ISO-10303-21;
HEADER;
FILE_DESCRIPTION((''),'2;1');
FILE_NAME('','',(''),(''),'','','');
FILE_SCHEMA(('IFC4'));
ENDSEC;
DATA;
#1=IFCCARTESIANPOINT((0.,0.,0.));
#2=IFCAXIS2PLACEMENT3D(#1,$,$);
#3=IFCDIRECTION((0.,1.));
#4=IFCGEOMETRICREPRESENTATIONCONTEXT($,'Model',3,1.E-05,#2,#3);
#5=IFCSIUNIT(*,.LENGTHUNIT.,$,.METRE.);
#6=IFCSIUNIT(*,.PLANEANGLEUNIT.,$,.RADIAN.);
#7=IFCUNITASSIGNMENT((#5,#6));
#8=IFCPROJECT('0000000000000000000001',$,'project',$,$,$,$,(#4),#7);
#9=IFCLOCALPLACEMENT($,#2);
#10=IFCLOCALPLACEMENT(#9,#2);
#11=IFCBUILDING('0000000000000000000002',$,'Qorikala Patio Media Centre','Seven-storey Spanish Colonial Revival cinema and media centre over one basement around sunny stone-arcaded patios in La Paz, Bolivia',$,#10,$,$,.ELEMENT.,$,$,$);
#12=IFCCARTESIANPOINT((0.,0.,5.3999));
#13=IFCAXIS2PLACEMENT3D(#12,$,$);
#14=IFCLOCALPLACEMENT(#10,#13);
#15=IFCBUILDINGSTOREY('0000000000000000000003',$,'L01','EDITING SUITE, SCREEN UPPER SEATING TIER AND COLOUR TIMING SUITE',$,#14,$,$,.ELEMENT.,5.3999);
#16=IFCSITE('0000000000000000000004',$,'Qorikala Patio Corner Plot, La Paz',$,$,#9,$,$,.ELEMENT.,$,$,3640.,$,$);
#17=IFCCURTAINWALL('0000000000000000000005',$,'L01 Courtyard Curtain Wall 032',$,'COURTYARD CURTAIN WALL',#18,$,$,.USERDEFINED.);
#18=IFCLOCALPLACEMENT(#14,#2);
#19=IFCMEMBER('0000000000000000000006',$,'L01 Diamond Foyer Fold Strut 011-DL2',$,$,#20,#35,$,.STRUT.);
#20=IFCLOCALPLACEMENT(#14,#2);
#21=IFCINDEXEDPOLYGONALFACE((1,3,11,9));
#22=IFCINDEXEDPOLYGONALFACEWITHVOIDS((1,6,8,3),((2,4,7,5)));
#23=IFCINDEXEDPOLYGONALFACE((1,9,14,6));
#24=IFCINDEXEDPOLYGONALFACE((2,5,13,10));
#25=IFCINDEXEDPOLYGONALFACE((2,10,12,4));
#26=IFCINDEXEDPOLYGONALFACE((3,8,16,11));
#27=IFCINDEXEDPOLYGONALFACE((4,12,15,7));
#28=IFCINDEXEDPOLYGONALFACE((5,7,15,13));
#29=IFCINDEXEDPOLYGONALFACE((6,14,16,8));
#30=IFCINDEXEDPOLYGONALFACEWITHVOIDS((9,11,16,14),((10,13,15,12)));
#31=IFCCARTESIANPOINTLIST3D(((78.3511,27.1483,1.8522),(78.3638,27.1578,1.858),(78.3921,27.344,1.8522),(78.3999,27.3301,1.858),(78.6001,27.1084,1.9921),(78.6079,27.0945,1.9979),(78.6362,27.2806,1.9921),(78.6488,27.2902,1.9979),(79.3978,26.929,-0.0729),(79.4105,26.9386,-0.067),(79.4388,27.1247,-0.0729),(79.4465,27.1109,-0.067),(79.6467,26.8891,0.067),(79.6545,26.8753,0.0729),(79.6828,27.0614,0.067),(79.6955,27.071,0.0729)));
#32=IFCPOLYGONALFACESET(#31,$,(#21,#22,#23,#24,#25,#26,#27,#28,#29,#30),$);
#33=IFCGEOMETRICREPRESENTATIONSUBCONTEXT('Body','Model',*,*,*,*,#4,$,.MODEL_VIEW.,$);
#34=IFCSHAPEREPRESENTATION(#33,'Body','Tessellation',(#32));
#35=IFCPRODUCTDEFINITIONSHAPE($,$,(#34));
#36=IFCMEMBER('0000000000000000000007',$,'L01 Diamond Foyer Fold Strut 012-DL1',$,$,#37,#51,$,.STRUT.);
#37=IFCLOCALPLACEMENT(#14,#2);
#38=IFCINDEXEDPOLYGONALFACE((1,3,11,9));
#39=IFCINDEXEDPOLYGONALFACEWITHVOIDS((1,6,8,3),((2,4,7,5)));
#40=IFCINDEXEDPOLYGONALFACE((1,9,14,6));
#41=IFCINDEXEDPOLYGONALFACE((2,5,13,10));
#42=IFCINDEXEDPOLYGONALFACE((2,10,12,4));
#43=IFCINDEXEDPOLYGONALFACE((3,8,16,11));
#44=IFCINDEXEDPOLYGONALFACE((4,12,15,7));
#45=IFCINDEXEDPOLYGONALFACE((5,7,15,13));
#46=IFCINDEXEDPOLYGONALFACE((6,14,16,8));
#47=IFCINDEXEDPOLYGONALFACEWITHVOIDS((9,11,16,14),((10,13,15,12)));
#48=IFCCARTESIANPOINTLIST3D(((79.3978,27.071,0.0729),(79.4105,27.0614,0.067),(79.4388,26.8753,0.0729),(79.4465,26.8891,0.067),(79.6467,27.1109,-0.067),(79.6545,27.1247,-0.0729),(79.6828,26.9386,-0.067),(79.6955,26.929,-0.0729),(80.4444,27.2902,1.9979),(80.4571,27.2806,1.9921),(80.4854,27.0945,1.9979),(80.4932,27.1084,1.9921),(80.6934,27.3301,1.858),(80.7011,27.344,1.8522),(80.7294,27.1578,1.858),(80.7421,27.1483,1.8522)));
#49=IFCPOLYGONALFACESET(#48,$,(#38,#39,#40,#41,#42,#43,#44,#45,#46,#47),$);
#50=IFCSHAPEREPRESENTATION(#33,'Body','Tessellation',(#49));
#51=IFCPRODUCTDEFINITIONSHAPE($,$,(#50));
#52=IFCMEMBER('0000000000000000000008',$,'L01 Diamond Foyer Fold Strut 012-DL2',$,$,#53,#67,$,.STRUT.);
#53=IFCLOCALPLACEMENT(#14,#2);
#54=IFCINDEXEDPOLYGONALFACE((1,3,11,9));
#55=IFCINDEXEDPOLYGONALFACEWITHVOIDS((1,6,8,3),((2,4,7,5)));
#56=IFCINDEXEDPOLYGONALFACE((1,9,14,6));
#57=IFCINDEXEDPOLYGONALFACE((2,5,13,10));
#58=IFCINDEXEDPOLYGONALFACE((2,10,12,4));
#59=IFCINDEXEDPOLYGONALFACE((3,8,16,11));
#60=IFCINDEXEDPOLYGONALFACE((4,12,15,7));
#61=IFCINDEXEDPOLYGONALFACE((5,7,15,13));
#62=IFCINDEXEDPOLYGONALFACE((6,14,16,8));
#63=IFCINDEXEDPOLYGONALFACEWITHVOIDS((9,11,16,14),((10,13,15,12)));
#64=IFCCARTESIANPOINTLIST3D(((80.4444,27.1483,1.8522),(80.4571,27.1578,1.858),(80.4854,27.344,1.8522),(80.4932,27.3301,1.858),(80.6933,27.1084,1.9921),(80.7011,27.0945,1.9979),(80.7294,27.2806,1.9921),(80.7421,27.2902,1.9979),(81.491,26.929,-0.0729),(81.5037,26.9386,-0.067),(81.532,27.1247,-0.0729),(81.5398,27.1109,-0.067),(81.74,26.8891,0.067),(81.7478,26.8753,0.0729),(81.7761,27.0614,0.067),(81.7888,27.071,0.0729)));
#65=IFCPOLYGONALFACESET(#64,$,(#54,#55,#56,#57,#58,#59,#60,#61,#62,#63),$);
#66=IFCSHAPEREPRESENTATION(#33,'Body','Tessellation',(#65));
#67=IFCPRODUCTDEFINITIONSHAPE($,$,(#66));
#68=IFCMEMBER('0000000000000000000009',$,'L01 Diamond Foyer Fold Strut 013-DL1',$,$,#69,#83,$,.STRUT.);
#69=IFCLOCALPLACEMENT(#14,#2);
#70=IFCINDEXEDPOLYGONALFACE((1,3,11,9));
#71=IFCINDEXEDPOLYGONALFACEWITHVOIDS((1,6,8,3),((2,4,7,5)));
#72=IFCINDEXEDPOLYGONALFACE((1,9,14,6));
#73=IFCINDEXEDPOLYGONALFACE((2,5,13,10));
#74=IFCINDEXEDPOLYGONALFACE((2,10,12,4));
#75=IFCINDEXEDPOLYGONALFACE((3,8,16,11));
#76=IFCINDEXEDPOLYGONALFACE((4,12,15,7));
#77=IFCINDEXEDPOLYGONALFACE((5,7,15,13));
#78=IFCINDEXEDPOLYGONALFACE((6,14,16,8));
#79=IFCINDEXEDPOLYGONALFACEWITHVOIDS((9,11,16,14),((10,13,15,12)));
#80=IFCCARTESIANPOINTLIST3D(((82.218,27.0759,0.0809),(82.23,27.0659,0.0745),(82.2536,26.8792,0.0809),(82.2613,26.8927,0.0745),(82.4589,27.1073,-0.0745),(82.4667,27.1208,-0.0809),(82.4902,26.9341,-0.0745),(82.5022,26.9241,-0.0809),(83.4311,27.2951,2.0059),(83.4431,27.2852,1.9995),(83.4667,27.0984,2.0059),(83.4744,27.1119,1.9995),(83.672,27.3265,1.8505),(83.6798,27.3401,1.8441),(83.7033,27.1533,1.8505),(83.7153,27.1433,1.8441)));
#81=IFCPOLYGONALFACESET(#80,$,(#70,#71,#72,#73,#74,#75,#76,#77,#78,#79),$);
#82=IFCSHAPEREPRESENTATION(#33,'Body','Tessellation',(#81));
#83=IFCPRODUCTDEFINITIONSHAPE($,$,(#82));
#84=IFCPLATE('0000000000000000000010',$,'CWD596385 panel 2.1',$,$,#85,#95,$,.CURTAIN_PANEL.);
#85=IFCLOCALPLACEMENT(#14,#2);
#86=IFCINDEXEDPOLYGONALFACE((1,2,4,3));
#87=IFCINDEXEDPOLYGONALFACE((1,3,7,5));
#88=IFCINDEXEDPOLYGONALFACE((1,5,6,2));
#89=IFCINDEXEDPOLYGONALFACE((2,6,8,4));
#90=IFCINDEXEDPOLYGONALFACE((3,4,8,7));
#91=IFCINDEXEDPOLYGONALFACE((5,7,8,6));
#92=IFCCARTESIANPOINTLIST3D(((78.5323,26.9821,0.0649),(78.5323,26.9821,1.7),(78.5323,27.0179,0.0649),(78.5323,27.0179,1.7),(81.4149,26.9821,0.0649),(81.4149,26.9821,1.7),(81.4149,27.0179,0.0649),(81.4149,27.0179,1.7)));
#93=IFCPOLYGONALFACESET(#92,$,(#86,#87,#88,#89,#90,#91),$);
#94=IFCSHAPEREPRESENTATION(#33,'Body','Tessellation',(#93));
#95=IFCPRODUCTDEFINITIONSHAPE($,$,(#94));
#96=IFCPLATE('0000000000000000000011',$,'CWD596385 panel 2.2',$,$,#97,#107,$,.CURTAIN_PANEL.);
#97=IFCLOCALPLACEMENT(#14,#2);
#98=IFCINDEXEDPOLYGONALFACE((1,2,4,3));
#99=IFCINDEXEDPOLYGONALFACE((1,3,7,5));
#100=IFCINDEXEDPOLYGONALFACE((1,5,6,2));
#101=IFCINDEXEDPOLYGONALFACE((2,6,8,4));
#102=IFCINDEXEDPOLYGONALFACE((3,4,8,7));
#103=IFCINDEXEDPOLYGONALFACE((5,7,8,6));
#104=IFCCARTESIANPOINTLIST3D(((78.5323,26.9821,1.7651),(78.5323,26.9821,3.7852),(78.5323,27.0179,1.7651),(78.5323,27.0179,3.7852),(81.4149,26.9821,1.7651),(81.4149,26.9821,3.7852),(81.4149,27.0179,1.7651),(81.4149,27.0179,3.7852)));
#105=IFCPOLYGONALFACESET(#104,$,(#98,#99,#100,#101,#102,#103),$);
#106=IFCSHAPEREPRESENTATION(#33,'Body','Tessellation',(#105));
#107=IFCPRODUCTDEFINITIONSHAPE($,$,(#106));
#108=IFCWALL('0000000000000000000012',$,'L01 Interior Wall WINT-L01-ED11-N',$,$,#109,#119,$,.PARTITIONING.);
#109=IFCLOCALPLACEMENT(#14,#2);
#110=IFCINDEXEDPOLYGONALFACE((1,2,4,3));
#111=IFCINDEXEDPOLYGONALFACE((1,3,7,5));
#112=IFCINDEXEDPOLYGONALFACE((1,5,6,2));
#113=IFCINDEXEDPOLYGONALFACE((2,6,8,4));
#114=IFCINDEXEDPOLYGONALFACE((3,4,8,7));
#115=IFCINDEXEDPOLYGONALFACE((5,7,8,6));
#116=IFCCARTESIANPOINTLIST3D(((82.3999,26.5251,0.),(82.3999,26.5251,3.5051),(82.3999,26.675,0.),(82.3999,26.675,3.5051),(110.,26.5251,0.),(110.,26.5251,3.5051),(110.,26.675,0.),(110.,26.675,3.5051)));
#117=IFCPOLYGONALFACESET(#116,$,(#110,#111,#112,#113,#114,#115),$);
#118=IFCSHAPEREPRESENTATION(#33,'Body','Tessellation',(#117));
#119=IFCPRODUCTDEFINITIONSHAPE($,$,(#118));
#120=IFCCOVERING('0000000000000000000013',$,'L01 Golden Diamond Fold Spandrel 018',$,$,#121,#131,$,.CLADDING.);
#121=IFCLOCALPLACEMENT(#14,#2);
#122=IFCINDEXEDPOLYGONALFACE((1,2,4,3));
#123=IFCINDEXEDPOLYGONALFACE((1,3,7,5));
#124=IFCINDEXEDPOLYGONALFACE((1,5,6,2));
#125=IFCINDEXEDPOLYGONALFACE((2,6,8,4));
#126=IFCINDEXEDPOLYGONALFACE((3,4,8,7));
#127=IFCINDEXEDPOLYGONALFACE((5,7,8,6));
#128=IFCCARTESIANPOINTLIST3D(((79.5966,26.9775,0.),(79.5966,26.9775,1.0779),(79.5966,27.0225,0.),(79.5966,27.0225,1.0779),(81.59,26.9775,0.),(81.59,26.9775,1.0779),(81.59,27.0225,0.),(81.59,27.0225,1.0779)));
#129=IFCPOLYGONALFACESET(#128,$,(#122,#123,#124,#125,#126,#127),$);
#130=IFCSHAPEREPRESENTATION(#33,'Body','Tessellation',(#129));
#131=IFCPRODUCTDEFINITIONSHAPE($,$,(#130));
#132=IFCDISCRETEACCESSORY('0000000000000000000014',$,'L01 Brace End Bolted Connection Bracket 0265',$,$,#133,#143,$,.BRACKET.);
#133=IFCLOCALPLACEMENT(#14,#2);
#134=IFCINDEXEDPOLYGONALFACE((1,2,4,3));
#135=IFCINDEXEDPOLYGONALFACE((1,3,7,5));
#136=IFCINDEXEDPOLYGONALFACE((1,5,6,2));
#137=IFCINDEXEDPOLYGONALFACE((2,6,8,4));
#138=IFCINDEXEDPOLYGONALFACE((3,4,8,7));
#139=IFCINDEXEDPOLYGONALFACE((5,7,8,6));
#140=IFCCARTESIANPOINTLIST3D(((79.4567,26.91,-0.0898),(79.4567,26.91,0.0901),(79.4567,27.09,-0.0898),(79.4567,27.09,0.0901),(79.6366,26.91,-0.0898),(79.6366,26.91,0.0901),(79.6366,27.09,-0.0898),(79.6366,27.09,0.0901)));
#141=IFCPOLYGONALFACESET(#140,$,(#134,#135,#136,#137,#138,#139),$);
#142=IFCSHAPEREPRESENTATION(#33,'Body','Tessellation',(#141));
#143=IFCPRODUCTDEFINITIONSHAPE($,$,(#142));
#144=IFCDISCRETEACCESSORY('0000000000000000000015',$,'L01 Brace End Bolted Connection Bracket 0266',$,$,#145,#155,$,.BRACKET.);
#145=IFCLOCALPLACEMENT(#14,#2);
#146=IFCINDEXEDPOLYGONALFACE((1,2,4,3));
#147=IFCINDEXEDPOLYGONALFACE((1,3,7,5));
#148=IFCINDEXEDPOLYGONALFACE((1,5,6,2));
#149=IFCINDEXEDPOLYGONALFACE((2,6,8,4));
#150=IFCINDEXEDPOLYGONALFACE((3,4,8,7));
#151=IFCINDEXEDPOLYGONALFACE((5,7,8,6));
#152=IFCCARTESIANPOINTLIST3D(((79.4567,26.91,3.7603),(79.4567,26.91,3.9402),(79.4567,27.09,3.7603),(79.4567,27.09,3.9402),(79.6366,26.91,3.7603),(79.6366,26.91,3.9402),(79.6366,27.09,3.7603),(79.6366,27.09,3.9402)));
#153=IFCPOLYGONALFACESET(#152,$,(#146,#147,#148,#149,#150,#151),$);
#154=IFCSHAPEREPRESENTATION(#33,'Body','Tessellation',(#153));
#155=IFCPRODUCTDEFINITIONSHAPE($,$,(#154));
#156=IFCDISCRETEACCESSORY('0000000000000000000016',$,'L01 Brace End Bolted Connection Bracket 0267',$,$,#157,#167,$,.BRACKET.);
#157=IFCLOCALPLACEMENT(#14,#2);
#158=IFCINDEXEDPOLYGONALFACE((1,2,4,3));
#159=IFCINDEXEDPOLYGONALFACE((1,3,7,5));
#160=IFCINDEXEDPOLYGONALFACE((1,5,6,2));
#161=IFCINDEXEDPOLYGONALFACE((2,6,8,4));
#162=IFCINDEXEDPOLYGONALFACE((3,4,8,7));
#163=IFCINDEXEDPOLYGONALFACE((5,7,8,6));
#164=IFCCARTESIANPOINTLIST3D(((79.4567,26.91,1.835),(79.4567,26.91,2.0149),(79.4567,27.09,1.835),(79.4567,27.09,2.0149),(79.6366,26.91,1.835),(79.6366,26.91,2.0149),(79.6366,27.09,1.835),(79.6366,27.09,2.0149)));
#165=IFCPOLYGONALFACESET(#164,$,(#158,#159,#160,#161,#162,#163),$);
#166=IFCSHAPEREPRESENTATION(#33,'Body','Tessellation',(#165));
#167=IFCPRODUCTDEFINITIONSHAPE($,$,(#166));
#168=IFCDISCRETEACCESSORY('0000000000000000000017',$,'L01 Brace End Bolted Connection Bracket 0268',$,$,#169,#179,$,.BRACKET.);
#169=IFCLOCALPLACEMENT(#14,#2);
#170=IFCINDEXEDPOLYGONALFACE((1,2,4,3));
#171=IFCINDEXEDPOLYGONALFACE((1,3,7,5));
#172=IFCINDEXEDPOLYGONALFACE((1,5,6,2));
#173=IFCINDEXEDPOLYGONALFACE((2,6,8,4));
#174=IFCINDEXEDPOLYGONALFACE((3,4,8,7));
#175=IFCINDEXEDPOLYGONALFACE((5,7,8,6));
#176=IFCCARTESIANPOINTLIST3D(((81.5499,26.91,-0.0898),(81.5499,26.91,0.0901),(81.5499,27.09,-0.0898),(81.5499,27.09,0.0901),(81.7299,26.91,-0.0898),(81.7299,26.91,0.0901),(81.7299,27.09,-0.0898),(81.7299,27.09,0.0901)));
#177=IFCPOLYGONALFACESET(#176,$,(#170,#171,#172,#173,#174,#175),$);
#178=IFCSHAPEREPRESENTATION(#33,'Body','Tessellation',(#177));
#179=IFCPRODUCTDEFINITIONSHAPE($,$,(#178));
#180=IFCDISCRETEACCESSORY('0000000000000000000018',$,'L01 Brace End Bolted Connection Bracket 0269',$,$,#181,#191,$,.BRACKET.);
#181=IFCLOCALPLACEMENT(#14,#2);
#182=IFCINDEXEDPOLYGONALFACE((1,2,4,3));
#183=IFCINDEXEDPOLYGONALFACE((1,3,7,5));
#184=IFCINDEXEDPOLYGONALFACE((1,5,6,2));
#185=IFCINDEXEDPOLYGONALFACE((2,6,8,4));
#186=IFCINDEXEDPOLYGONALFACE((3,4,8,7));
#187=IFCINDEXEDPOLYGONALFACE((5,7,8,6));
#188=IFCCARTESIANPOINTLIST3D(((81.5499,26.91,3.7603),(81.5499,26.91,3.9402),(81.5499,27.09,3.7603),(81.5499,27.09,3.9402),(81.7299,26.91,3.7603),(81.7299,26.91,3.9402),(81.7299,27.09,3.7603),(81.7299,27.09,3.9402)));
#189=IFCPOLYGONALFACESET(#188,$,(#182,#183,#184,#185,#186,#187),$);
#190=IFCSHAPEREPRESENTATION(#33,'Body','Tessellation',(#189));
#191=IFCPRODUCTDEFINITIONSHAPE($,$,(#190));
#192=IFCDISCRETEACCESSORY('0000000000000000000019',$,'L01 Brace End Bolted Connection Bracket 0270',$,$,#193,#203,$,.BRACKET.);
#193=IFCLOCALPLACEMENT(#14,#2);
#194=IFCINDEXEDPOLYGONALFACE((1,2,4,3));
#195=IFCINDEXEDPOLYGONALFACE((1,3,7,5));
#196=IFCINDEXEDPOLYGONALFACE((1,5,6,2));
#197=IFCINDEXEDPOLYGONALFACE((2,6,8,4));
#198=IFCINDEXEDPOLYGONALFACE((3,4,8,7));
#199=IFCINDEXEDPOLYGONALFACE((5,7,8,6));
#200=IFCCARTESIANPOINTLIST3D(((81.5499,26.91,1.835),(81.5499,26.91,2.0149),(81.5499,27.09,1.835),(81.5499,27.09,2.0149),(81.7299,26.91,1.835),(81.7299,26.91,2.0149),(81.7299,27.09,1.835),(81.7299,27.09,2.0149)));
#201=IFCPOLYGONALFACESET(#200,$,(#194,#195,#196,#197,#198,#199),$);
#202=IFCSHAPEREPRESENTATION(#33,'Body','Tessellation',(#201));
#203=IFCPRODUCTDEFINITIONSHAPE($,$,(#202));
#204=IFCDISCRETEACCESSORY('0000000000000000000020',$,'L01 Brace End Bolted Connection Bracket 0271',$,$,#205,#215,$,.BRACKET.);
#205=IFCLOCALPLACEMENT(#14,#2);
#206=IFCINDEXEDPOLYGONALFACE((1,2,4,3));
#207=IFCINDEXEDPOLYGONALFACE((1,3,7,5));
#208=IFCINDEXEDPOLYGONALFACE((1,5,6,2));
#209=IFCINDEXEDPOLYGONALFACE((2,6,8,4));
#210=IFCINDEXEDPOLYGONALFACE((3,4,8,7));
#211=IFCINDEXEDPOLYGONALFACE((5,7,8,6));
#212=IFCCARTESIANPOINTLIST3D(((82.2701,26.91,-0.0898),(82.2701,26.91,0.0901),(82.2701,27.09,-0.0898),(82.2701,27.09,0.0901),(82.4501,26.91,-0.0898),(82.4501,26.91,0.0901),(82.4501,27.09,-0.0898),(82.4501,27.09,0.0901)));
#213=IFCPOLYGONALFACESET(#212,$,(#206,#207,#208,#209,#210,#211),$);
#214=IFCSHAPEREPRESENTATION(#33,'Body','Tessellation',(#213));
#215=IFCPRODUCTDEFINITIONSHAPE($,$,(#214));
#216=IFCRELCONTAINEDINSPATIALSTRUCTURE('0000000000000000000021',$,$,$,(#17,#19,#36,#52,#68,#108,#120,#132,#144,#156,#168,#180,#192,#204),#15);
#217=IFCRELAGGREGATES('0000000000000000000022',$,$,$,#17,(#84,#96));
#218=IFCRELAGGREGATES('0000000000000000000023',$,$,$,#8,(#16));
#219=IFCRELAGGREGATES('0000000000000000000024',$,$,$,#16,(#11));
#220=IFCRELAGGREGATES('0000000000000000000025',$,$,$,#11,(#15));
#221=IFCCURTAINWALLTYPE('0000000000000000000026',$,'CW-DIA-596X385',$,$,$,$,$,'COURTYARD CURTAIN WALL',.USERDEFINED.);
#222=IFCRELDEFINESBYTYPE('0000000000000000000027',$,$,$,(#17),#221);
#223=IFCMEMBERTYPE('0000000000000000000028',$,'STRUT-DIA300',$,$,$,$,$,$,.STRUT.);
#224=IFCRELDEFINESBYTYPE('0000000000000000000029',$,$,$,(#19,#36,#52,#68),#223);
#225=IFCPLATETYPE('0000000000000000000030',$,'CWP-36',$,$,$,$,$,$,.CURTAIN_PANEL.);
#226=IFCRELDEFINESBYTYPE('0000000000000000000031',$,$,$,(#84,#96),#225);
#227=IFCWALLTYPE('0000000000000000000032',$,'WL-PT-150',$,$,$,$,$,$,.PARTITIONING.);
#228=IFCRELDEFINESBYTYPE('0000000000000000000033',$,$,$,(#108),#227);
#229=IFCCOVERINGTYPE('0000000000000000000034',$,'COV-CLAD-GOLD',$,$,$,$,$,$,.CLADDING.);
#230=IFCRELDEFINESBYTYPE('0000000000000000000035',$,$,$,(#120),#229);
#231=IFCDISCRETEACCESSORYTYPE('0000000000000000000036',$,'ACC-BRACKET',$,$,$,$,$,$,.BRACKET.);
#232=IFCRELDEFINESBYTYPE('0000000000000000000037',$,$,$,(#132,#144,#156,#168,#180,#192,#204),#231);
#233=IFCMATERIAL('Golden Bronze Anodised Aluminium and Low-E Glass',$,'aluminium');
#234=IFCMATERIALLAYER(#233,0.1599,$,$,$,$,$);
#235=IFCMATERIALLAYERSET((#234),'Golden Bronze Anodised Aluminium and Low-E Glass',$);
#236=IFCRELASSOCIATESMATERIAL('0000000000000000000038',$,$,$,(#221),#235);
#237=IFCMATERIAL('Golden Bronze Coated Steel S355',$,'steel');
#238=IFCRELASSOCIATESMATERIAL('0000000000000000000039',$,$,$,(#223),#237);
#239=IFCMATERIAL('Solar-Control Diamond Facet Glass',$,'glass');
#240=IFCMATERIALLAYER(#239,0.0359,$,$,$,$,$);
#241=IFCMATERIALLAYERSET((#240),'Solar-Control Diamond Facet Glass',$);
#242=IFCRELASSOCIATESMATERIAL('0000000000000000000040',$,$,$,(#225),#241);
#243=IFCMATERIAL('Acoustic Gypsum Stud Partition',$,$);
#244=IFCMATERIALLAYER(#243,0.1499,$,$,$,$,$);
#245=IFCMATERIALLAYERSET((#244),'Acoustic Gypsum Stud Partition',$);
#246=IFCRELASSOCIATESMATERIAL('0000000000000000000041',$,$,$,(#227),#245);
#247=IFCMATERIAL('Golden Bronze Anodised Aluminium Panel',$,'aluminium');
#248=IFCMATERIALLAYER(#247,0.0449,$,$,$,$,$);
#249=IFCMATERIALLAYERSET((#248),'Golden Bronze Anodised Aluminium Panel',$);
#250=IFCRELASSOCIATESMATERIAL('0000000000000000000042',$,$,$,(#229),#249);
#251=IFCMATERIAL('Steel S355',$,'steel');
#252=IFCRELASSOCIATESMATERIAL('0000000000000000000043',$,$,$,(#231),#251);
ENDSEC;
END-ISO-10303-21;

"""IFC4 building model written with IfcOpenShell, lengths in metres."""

from ifc_helpers import new_model, si_unit, direction, frame, frame_2d, origin, origin_2d, place, context, subcontext, project, spatial, rectangle, hollow_rectangle, extrude, material, layer, layer_set, material_profile, profile_set, type_object, element, aggregate, save


model = new_model("IFC4")

# Units and contexts
model_context = context("Model", 3, precision=1e-05, world=origin(), true_north=direction((0.0, 1.0)))
body_context = subcontext(model_context, "Body", "Model", "MODEL_VIEW")
ifc_project = project(units=[si_unit("LENGTHUNIT", "METRE"), si_unit("PLANEANGLEUNIT", "RADIAN")], contexts=[model_context])

# Site, building, storey
site_placement = place(None, origin())
site = spatial("IfcSite", under=ifc_project, at=site_placement, Name="Qorikala Patio Corner Plot, La Paz", CompositionType="ELEMENT", RefElevation=3640.0)
building_placement = place(site_placement, origin())
building = spatial("IfcBuilding", under=site, at=building_placement, Name="Qorikala Patio Media Centre", Description="Seven-storey Spanish Colonial Revival cinema and media centre over one basement around sunny stone-arcaded patios in La Paz, Bolivia", CompositionType="ELEMENT")
storey_placement = place(building_placement, frame((0.0, 0.0, 5.3999)))
storey = spatial("IfcBuildingStorey", under=building, at=storey_placement, Name="L01", Description="EDITING SUITE, SCREEN UPPER SEATING TIER AND COLOUR TIMING SUITE", CompositionType="ELEMENT", Elevation=5.3999)

# Shared definitions
ifc_material_1 = material(Name="Golden Bronze Coated Steel S355", Category="steel")

# Curtain wall
ifc_material_2 = material(Name="Golden Bronze Anodised Aluminium and Low-E Glass", Category="aluminium")
ifc_layer_1 = layer(ifc_material_2, 0.1599)
ifc_layer_set_1 = layer_set([ifc_layer_1], Name="Golden Bronze Anodised Aluminium and Low-E Glass")
curtain_wall_type_1 = type_object("IfcCurtainWallType", Name="CW-DIA-596X385", ElementType="COURTYARD CURTAIN WALL", PredefinedType="USERDEFINED", material=ifc_layer_set_1)
curtain_wall_1_placement = place(storey_placement, origin())
curtain_wall_1 = element("IfcCurtainWall", 1, at=curtain_wall_1_placement, inside=storey, type_object=curtain_wall_type_1, Name="L01 Courtyard Curtain Wall 032", ObjectType="COURTYARD CURTAIN WALL", PredefinedType="USERDEFINED")

# Members
ifc_material_profile_1 = material_profile(ifc_material_1, hollow_rectangle(XDim=0.2, YDim=0.3, WallThickness=0.012, at=origin_2d()), Name="HSS300X200X12")
ifc_profile_set_1 = profile_set([ifc_material_profile_1], Name="Golden Bronze Coated Steel S355")
member_type_1 = type_object("IfcMemberType", Name="STRUT-DIA300", PredefinedType="STRUT", material=ifc_profile_set_1)
for number, where, z_axis, x_axis, name in (
    (2, (79.5466, 27.0, 0.0), (-0.475284, 0.099558, 0.874181), (-0.205021, -0.978758, 0.0), "L01 Diamond Foyer Fold Strut 011-DL2"),
    (3, (79.5466, 27.0, 0.0), (0.475284, 0.099558, 0.874181), (-0.205021, 0.978758, 0.0), "L01 Diamond Foyer Fold Strut 012-DL1"),
    (4, (81.6399, 27.0, 0.0), (-0.475284, 0.099558, 0.874181), (-0.205021, -0.978758, 0.0), "L01 Diamond Foyer Fold Strut 012-DL2"),
):
    element("IfcMember", number, at=place(storey_placement, frame(where, z_axis=z_axis, x_axis=x_axis)), inside=storey, type_object=member_type_1, Name=name, PredefinedType="STRUT", context=body_context, shape_type="SweptSolid", body=[
        extrude(hollow_rectangle(XDim=0.2, YDim=0.3, WallThickness=0.012, at=origin_2d()), origin(), (0.0, 0.0, 1.0), 2.2021),
    ])
member_1_placement = place(storey_placement, frame((82.3601, 27.0, 0.0), z_axis=(0.530691, 0.095907, 0.842121), x_axis=(-0.17784, 0.984059, 0.0)))
element("IfcMember", 5, at=member_1_placement, inside=storey, type_object=member_type_1, Name="L01 Diamond Foyer Fold Strut 013-DL1", PredefinedType="STRUT", context=body_context, shape_type="SweptSolid", body=[
    extrude(hollow_rectangle(XDim=0.2, YDim=0.3, WallThickness=0.012, at=origin_2d()), origin(), (0.0, 0.0, 1.0), 2.2859),
])

# Plates
ifc_material_3 = material(Name="Solar-Control Diamond Facet Glass", Category="glass")
ifc_layer_2 = layer(ifc_material_3, 0.0359)
ifc_layer_set_2 = layer_set([ifc_layer_2], Name="Solar-Control Diamond Facet Glass")
plate_type = type_object("IfcPlateType", Name="CWP-36", PredefinedType="CURTAIN_PANEL", material=ifc_layer_set_2)
plate_1_placement = place(storey_placement, frame((79.9736, 27.0, 0.0649), z_axis=(0.0, 0.0, 1.0), x_axis=(1.0, 0.0, 0.0)))
plate_1 = element("IfcPlate", 6, at=plate_1_placement, type_object=plate_type, Name="CWD596385 panel 2.1", PredefinedType="CURTAIN_PANEL", context=body_context, shape_type="SweptSolid", body=[
    extrude(rectangle(XDim=2.8826, YDim=0.0359, at=origin_2d()), origin(), (0.0, 0.0, 1.0), 1.635),
])
plate_2_placement = place(storey_placement, frame((79.9736, 27.0, 1.7651), z_axis=(0.0, 0.0, 1.0), x_axis=(1.0, 0.0, 0.0)))
plate_2 = element("IfcPlate", 7, at=plate_2_placement, type_object=plate_type, Name="CWD596385 panel 2.2", PredefinedType="CURTAIN_PANEL", context=body_context, shape_type="SweptSolid", body=[
    extrude(rectangle(XDim=2.8826, YDim=0.0359, at=origin_2d()), origin(), (0.0, 0.0, 1.0), 2.02),
])
aggregate(curtain_wall_1, [plate_1, plate_2])

# Wall
ifc_material_4 = material(Name="Acoustic Gypsum Stud Partition")
ifc_layer_3 = layer(ifc_material_4, 0.1499)
ifc_layer_set_3 = layer_set([ifc_layer_3], Name="Acoustic Gypsum Stud Partition")
wall_type = type_object("IfcWallType", Name="WL-PT-150", PredefinedType="PARTITIONING", material=ifc_layer_set_3)
wall_placement = place(storey_placement, frame((82.3999, 26.6001, 0.0), z_axis=(0.0, 0.0, 1.0), x_axis=(1.0, 0.0, 0.0)))
element("IfcWall", 8, at=wall_placement, inside=storey, type_object=wall_type, Name="L01 Interior Wall WINT-L01-ED11-N", PredefinedType="PARTITIONING", context=body_context, shape_type="SweptSolid", body=[
    extrude(rectangle(XDim=27.6001, YDim=0.1499, at=frame_2d((13.8, 0.0))), origin(), (0.0, 0.0, 1.0), 3.5051),
])

# Covering
ifc_material_5 = material(Name="Golden Bronze Anodised Aluminium Panel", Category="aluminium")
ifc_layer_4 = layer(ifc_material_5, 0.0449)
ifc_layer_set_4 = layer_set([ifc_layer_4], Name="Golden Bronze Anodised Aluminium Panel")
covering_type = type_object("IfcCoveringType", Name="COV-CLAD-GOLD", PredefinedType="CLADDING", material=ifc_layer_set_4)
covering_placement = place(storey_placement, frame((80.5933, 27.0, 0.0), z_axis=(0.0, 0.0, 1.0), x_axis=(1.0, 0.0, 0.0)))
element("IfcCovering", 9, at=covering_placement, inside=storey, type_object=covering_type, Name="L01 Golden Diamond Fold Spandrel 018", PredefinedType="CLADDING", context=body_context, shape_type="SweptSolid", body=[
    extrude(rectangle(XDim=1.9934, YDim=0.0449, at=origin_2d()), origin(), (0.0, 0.0, 1.0), 1.0779),
])

# Discrete accessories
ifc_material_6 = material(Name="Steel S355", Category="steel")
discrete_accessory_type = type_object("IfcDiscreteAccessoryType", Name="ACC-BRACKET", PredefinedType="BRACKET", material=ifc_material_6)
for number, where, z_axis, x_axis, name in (
    (10, (79.5466, 27.0, -0.0898), (0.0, 0.0, 1.0), (1.0, 0.0, 0.0), "L01 Brace End Bolted Connection Bracket 0265"),
    (11, (79.5466, 27.0, 3.7603), (0.0, 0.0, 1.0), (1.0, 0.0, 0.0), "L01 Brace End Bolted Connection Bracket 0266"),
    (12, (79.5466, 27.0, 1.835), (0.0, 0.0, 1.0), (1.0, 0.0, 0.0), "L01 Brace End Bolted Connection Bracket 0267"),
    (13, (81.6399, 27.0, -0.0898), (0.0, 0.0, 1.0), (1.0, 0.0, 0.0), "L01 Brace End Bolted Connection Bracket 0268"),
    (14, (81.6399, 27.0, 3.7603), (0.0, 0.0, 1.0), (1.0, 0.0, 0.0), "L01 Brace End Bolted Connection Bracket 0269"),
    (15, (81.6399, 27.0, 1.835), (0.0, 0.0, 1.0), (1.0, 0.0, 0.0), "L01 Brace End Bolted Connection Bracket 0270"),
    (16, (82.3601, 27.0, -0.0898), (0.0, 0.0, 1.0), (1.0, 0.0, 0.0), "L01 Brace End Bolted Connection Bracket 0271"),
):
    element("IfcDiscreteAccessory", number, at=place(storey_placement, frame(where, z_axis=z_axis, x_axis=x_axis)), inside=storey, type_object=discrete_accessory_type, Name=name, PredefinedType="BRACKET", context=body_context, shape_type="SweptSolid", body=[
        extrude(rectangle(XDim=0.1799, YDim=0.1799, at=origin_2d()), origin(), (0.0, 0.0, 1.0), 0.1799),
    ])

save(model, "model.ifc")
